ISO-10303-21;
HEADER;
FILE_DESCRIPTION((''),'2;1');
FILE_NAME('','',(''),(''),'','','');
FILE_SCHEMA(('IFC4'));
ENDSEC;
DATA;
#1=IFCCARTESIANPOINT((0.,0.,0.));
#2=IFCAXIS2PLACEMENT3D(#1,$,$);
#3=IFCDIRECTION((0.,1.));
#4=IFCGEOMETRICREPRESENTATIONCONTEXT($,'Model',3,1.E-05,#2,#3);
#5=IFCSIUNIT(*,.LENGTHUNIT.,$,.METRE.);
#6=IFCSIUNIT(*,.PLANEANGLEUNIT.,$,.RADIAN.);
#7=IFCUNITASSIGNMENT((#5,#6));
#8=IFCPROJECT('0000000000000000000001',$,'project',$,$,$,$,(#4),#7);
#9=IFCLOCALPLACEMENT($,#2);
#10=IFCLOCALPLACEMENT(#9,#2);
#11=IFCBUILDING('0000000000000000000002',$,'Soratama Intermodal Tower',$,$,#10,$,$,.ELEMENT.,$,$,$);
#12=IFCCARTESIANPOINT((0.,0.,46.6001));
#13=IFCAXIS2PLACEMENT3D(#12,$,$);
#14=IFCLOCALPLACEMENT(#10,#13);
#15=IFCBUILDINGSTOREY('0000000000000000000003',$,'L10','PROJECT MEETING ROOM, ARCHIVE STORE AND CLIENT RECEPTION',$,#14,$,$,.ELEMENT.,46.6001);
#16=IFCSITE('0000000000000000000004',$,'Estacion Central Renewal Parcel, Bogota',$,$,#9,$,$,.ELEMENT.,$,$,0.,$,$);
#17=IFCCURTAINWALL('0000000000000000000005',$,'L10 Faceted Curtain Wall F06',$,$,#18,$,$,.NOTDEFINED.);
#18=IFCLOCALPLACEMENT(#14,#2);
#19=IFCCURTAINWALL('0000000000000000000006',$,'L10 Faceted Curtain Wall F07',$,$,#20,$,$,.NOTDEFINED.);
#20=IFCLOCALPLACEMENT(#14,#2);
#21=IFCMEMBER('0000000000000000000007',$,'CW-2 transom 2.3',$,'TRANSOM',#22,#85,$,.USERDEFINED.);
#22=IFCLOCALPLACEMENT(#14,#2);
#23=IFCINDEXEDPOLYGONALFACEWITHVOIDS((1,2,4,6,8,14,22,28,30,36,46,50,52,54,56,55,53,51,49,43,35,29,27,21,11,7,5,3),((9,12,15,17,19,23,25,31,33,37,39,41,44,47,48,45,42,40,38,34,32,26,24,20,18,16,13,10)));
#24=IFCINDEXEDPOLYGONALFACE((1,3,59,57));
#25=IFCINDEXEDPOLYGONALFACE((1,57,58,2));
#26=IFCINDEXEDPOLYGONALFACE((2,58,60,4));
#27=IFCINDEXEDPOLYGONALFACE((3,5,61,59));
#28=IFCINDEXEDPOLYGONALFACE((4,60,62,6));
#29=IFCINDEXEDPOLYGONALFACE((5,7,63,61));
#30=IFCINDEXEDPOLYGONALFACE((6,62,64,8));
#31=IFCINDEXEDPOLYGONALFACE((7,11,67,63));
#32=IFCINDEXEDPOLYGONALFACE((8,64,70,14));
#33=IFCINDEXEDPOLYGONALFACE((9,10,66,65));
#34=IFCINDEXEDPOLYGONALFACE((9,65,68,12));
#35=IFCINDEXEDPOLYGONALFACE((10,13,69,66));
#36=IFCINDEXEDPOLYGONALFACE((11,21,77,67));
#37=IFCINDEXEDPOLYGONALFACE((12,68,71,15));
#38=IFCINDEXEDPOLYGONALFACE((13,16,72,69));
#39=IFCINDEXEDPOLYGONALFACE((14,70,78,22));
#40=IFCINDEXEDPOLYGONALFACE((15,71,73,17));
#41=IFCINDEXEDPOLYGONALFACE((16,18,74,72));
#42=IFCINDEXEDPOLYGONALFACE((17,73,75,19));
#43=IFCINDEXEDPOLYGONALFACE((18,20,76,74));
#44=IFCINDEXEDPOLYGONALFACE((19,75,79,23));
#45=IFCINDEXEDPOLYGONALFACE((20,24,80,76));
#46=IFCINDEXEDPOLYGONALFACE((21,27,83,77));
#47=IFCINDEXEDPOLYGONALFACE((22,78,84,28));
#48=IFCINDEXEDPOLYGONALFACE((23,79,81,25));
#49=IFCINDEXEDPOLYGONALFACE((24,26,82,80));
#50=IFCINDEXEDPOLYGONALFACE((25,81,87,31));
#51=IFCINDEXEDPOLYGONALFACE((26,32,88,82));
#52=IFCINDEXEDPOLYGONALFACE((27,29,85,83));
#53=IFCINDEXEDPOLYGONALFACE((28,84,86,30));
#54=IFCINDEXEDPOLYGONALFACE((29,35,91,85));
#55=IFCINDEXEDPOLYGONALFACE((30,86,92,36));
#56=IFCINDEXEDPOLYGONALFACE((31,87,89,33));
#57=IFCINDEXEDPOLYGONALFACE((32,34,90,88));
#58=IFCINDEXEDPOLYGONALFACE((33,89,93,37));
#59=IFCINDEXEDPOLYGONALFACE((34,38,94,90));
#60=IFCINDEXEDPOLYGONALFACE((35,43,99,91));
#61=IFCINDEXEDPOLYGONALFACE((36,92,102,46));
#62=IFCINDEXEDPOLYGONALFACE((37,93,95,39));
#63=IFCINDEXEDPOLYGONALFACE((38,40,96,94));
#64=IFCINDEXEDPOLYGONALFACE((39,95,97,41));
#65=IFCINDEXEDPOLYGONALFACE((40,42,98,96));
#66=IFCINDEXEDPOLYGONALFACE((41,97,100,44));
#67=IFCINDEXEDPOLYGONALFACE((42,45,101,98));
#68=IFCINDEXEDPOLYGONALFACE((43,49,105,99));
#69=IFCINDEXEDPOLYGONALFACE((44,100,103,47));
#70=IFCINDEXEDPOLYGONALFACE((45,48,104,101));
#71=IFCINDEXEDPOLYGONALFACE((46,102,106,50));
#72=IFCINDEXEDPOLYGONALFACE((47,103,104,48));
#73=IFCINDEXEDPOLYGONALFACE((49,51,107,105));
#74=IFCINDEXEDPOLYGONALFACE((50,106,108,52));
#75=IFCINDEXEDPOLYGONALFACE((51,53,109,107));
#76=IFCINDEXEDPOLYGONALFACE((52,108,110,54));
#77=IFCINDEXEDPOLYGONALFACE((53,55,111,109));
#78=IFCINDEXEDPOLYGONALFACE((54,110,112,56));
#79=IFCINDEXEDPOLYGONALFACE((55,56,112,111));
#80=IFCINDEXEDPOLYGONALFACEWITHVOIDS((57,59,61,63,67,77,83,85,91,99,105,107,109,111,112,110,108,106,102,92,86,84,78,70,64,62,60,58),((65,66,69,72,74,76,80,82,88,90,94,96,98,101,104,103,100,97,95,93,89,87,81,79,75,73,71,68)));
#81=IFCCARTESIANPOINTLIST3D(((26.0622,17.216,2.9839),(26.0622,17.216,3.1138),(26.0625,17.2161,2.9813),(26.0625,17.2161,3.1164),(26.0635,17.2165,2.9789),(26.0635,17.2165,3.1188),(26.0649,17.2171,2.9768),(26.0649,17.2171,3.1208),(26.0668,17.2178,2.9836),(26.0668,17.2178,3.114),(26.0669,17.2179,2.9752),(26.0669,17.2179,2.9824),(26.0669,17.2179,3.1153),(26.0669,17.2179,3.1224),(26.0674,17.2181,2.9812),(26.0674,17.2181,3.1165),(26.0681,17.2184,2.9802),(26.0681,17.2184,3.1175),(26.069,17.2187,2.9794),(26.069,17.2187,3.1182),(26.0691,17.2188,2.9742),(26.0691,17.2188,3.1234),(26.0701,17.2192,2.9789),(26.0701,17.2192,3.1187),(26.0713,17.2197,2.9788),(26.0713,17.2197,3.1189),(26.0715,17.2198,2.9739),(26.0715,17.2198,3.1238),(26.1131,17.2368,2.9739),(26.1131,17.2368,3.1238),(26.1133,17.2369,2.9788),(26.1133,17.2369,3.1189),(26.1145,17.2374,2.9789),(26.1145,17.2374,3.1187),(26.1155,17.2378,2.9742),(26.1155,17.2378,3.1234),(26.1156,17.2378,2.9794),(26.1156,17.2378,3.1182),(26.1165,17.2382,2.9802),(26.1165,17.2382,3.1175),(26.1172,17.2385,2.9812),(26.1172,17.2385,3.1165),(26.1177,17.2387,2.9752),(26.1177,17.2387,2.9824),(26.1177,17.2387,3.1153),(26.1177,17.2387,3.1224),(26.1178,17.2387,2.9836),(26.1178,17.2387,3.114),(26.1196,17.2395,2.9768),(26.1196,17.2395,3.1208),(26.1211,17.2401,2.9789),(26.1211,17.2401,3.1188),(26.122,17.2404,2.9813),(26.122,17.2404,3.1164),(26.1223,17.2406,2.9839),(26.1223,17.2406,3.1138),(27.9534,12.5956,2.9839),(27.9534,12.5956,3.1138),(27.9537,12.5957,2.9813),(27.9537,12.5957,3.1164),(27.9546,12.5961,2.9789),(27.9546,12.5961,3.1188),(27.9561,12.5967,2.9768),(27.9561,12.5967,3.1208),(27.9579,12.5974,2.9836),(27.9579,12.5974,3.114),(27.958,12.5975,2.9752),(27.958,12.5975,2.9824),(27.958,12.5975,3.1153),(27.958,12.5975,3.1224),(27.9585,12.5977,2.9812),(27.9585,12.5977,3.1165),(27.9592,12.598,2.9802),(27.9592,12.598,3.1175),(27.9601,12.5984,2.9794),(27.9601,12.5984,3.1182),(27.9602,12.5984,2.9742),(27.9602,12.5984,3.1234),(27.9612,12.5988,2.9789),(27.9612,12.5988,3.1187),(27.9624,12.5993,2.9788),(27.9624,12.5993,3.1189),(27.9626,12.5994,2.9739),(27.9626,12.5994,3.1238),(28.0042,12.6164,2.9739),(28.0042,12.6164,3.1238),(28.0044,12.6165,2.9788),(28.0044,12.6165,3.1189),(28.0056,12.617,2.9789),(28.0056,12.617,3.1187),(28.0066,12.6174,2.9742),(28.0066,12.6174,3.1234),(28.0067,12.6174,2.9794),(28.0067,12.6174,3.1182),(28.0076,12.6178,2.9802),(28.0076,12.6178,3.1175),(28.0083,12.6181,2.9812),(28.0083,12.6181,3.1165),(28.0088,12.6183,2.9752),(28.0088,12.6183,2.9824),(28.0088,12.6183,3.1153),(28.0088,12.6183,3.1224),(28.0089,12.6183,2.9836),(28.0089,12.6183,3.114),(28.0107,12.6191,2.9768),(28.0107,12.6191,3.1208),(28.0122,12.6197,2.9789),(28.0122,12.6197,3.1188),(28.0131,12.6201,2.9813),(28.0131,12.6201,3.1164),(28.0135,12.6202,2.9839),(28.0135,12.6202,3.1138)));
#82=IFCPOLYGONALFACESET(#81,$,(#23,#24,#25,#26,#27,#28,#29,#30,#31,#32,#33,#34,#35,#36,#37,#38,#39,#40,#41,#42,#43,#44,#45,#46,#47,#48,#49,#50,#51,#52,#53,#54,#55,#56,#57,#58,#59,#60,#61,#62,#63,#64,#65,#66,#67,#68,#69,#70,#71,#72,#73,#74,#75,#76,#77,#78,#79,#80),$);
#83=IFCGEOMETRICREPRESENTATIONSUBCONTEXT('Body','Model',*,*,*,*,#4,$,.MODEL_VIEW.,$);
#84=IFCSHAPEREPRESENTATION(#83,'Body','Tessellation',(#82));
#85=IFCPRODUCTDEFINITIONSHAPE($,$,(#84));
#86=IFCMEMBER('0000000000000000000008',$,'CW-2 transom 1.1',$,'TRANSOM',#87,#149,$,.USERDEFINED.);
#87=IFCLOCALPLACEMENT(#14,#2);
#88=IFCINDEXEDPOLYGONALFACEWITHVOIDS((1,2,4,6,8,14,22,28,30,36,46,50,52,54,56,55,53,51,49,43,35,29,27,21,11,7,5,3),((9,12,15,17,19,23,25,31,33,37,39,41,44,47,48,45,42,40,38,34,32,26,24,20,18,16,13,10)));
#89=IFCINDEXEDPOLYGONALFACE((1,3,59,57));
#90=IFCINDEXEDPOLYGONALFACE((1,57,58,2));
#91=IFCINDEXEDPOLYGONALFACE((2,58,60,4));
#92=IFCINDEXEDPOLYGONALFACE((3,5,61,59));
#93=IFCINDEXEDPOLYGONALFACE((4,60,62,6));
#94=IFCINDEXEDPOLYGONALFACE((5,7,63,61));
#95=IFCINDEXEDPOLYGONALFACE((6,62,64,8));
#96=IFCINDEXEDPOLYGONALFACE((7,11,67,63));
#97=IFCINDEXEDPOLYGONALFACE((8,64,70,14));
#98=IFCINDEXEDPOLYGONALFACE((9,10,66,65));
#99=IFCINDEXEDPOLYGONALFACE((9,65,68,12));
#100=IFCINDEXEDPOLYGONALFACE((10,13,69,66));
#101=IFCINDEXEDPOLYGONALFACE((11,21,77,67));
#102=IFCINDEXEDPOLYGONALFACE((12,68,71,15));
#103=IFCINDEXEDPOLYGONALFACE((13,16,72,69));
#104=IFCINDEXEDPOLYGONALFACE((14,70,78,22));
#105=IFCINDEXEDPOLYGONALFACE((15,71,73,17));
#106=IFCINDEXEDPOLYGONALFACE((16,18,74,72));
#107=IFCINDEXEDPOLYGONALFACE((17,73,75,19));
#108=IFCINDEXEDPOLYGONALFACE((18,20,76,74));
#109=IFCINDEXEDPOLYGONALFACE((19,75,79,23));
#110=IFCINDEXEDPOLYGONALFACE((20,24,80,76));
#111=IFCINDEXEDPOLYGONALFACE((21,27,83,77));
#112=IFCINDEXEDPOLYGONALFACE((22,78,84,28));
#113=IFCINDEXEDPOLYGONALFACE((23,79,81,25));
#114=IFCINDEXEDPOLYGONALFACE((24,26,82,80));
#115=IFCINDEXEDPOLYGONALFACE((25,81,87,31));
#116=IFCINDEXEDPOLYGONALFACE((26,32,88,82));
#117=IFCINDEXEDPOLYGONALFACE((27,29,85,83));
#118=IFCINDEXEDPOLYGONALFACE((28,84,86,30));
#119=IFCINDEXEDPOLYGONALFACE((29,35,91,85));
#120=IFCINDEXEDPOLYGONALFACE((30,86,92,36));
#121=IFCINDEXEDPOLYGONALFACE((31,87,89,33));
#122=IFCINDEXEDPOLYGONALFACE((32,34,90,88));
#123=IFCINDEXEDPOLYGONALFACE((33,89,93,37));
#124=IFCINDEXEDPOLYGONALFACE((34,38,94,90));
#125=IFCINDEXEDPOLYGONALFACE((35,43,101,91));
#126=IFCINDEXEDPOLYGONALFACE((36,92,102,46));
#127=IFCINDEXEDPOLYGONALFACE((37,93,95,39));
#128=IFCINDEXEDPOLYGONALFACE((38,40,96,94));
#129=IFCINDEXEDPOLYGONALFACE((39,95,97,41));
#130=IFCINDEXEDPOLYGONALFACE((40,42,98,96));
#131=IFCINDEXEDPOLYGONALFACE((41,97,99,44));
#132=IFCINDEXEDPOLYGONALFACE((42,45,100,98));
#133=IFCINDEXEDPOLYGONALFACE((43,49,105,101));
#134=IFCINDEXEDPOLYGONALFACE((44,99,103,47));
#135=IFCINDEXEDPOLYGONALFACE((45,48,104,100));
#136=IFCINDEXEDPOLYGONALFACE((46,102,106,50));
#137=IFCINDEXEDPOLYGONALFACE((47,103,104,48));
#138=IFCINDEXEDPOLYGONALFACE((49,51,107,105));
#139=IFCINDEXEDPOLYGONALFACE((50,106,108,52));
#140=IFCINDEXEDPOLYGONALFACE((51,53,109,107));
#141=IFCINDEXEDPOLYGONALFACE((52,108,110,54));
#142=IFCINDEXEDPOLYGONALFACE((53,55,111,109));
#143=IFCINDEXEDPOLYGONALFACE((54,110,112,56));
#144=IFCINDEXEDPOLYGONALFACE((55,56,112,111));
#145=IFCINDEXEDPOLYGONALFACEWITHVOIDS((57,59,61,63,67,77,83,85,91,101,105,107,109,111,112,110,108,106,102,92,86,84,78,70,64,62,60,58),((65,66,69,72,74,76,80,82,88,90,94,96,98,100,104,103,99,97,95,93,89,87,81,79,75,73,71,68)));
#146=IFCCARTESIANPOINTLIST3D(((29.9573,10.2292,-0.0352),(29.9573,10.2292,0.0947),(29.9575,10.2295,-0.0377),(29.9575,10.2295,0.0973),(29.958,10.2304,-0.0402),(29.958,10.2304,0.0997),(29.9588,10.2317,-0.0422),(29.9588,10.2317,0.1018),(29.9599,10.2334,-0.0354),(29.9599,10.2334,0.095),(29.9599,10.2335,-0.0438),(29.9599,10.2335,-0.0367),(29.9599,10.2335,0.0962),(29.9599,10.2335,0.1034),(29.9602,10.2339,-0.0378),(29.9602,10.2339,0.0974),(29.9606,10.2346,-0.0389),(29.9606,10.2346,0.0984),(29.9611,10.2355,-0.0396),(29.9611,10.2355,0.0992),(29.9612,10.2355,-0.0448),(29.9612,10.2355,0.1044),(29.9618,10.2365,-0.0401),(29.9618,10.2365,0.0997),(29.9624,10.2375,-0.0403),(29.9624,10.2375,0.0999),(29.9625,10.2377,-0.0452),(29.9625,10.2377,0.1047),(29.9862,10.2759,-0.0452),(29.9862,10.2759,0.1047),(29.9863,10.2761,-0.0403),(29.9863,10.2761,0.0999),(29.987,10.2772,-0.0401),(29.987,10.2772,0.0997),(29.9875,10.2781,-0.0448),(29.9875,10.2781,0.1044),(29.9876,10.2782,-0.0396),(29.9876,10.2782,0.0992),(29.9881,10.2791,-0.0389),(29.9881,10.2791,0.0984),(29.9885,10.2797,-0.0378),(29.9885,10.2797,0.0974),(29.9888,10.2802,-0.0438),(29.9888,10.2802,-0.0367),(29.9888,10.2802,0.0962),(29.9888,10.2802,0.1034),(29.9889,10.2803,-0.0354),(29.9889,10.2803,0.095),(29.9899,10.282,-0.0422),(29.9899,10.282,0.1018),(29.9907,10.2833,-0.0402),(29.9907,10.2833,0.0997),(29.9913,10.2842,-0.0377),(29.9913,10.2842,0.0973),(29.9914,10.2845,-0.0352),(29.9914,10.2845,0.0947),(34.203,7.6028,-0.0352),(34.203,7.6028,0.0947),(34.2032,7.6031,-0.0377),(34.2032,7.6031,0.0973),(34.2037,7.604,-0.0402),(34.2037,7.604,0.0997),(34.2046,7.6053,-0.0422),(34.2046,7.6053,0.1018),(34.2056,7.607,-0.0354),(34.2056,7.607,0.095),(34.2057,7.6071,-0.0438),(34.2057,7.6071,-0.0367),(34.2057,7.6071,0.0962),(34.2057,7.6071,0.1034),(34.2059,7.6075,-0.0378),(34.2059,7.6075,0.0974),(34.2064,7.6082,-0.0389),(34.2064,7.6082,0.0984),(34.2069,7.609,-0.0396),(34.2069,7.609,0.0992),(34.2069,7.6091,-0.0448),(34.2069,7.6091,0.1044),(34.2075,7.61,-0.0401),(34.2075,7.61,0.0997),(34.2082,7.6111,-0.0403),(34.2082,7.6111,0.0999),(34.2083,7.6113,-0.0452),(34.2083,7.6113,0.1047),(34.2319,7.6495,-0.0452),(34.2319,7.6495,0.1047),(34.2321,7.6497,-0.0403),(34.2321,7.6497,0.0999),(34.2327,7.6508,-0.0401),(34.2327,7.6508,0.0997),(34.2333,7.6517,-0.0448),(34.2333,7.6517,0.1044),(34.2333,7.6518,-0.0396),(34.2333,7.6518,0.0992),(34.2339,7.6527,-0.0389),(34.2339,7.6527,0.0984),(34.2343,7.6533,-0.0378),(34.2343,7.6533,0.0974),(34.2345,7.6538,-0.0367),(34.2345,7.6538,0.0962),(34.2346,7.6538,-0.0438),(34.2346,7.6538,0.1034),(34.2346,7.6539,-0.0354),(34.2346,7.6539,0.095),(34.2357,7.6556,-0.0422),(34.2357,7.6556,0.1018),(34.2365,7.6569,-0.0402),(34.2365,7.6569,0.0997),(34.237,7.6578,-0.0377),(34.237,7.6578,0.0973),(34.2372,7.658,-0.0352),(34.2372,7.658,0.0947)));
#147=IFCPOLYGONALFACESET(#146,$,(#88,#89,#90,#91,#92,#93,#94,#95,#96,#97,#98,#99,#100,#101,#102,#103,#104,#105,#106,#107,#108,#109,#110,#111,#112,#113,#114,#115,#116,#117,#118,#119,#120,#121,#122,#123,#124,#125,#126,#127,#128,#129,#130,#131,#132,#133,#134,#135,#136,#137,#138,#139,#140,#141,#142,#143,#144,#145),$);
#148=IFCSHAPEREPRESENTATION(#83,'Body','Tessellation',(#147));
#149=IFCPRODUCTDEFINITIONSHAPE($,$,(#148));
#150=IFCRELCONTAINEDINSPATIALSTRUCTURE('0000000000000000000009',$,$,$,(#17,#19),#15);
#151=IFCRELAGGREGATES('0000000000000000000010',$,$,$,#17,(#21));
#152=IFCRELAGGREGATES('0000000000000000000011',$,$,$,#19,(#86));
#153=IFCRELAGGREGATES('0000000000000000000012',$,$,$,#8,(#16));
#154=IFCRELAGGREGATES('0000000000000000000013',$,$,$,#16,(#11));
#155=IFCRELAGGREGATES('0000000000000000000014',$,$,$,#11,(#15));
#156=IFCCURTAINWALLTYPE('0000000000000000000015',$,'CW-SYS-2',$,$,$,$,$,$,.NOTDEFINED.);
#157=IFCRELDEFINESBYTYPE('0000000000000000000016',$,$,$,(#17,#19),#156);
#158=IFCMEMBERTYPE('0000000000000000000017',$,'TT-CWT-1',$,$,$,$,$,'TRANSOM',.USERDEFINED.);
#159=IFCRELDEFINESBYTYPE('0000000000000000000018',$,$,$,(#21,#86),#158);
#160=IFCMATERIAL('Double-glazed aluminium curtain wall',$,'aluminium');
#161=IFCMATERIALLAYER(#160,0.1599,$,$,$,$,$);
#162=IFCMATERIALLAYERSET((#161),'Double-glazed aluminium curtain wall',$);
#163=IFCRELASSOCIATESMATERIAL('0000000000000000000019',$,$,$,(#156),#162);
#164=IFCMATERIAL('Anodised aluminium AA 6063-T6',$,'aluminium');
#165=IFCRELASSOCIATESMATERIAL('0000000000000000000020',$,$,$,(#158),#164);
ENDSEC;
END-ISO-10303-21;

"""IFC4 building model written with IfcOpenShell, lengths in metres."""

from ifc_helpers import new_model, si_unit, direction, frame, origin, origin_2d, place, context, subcontext, project, spatial, hollow_rectangle, extrude, material, layer, layer_set, material_profile, profile_set, type_object, element, aggregate, save


model = new_model("IFC4")

# Units and contexts
model_context = context("Model", 3, precision=1e-05, world=origin(), true_north=direction((0.0, 1.0)))
body_context = subcontext(model_context, "Body", "Model", "MODEL_VIEW")
ifc_project = project(units=[si_unit("LENGTHUNIT", "METRE"), si_unit("PLANEANGLEUNIT", "RADIAN")], contexts=[model_context])

# Site, building, storey
site_placement = place(None, origin())
site = spatial("IfcSite", under=ifc_project, at=site_placement, Name="Estacion Central Renewal Parcel, Bogota", CompositionType="ELEMENT", RefElevation=0.0)
building_placement = place(site_placement, origin())
building = spatial("IfcBuilding", under=site, at=building_placement, Name="Soratama Intermodal Tower", CompositionType="ELEMENT")
storey_placement = place(building_placement, frame((0.0, 0.0, 46.6001)))
storey = spatial("IfcBuildingStorey", under=building, at=storey_placement, Name="L10", Description="PROJECT MEETING ROOM, ARCHIVE STORE AND CLIENT RECEPTION", CompositionType="ELEMENT", Elevation=46.6001)

# Curtain walls
ifc_material_1 = material(Name="Double-glazed aluminium curtain wall", Category="aluminium")
ifc_layer_1 = layer(ifc_material_1, 0.1599)
ifc_layer_set_1 = layer_set([ifc_layer_1], Name="Double-glazed aluminium curtain wall")
curtain_wall_type = type_object("IfcCurtainWallType", Name="CW-SYS-2", PredefinedType="NOTDEFINED", material=ifc_layer_set_1)
curtain_wall_1_placement = place(storey_placement, origin())
curtain_wall_1 = element("IfcCurtainWall", 1, at=curtain_wall_1_placement, inside=storey, type_object=curtain_wall_type, Name="L10 Faceted Curtain Wall F06", PredefinedType="NOTDEFINED")
curtain_wall_2_placement = place(storey_placement, origin())
curtain_wall_2 = element("IfcCurtainWall", 2, at=curtain_wall_2_placement, inside=storey, type_object=curtain_wall_type, Name="L10 Faceted Curtain Wall F07", PredefinedType="NOTDEFINED")

# Members
ifc_material_2 = material(Name="Anodised aluminium AA 6063-T6", Category="aluminium")
ifc_material_profile_1 = material_profile(ifc_material_2, hollow_rectangle(XDim=0.0649, YDim=0.1499, WallThickness=0.0049, InnerFilletRadius=0.0049, OuterFilletRadius=0.01, at=origin_2d()), Name="CWT150X65X5")
ifc_profile_set_1 = profile_set([ifc_material_profile_1], Name="Anodised aluminium AA 6063-T6")
member_type_1 = type_object("IfcMemberType", Name="TT-CWT-1", ElementType="TRANSOM", PredefinedType="USERDEFINED", material=ifc_profile_set_1)
member_1_placement = place(storey_placement, frame((26.0923, 17.2283, 3.0488), z_axis=(0.378799, -0.925479, 0.0), x_axis=(0.925479, 0.378799, 0.0)))
member_1 = element("IfcMember", 3, at=member_1_placement, type_object=member_type_1, Name="CW-2 transom 2.3", ObjectType="TRANSOM", PredefinedType="USERDEFINED", context=body_context, shape_type="SweptSolid", body=[
    extrude(hollow_rectangle(XDim=0.0649, YDim=0.1499, WallThickness=0.0049, InnerFilletRadius=0.0049, OuterFilletRadius=0.01, at=origin_2d()), origin(), (0.0, 0.0, 1.0), 4.9924),
])
member_2_placement = place(storey_placement, frame((29.9744, 10.2568, 0.0298), z_axis=(0.850437, -0.526077, 0.0), x_axis=(0.526077, 0.850437, 0.0)))
member_2 = element("IfcMember", 4, at=member_2_placement, type_object=member_type_1, Name="CW-2 transom 1.1", ObjectType="TRANSOM", PredefinedType="USERDEFINED", context=body_context, shape_type="SweptSolid", body=[
    extrude(hollow_rectangle(XDim=0.0649, YDim=0.1499, WallThickness=0.0049, InnerFilletRadius=0.0049, OuterFilletRadius=0.01, at=origin_2d()), origin(), (0.0, 0.0, 1.0), 4.9924),
])

aggregate(curtain_wall_1, [member_1])
aggregate(curtain_wall_2, [member_2])

save(model, "model.ifc")
